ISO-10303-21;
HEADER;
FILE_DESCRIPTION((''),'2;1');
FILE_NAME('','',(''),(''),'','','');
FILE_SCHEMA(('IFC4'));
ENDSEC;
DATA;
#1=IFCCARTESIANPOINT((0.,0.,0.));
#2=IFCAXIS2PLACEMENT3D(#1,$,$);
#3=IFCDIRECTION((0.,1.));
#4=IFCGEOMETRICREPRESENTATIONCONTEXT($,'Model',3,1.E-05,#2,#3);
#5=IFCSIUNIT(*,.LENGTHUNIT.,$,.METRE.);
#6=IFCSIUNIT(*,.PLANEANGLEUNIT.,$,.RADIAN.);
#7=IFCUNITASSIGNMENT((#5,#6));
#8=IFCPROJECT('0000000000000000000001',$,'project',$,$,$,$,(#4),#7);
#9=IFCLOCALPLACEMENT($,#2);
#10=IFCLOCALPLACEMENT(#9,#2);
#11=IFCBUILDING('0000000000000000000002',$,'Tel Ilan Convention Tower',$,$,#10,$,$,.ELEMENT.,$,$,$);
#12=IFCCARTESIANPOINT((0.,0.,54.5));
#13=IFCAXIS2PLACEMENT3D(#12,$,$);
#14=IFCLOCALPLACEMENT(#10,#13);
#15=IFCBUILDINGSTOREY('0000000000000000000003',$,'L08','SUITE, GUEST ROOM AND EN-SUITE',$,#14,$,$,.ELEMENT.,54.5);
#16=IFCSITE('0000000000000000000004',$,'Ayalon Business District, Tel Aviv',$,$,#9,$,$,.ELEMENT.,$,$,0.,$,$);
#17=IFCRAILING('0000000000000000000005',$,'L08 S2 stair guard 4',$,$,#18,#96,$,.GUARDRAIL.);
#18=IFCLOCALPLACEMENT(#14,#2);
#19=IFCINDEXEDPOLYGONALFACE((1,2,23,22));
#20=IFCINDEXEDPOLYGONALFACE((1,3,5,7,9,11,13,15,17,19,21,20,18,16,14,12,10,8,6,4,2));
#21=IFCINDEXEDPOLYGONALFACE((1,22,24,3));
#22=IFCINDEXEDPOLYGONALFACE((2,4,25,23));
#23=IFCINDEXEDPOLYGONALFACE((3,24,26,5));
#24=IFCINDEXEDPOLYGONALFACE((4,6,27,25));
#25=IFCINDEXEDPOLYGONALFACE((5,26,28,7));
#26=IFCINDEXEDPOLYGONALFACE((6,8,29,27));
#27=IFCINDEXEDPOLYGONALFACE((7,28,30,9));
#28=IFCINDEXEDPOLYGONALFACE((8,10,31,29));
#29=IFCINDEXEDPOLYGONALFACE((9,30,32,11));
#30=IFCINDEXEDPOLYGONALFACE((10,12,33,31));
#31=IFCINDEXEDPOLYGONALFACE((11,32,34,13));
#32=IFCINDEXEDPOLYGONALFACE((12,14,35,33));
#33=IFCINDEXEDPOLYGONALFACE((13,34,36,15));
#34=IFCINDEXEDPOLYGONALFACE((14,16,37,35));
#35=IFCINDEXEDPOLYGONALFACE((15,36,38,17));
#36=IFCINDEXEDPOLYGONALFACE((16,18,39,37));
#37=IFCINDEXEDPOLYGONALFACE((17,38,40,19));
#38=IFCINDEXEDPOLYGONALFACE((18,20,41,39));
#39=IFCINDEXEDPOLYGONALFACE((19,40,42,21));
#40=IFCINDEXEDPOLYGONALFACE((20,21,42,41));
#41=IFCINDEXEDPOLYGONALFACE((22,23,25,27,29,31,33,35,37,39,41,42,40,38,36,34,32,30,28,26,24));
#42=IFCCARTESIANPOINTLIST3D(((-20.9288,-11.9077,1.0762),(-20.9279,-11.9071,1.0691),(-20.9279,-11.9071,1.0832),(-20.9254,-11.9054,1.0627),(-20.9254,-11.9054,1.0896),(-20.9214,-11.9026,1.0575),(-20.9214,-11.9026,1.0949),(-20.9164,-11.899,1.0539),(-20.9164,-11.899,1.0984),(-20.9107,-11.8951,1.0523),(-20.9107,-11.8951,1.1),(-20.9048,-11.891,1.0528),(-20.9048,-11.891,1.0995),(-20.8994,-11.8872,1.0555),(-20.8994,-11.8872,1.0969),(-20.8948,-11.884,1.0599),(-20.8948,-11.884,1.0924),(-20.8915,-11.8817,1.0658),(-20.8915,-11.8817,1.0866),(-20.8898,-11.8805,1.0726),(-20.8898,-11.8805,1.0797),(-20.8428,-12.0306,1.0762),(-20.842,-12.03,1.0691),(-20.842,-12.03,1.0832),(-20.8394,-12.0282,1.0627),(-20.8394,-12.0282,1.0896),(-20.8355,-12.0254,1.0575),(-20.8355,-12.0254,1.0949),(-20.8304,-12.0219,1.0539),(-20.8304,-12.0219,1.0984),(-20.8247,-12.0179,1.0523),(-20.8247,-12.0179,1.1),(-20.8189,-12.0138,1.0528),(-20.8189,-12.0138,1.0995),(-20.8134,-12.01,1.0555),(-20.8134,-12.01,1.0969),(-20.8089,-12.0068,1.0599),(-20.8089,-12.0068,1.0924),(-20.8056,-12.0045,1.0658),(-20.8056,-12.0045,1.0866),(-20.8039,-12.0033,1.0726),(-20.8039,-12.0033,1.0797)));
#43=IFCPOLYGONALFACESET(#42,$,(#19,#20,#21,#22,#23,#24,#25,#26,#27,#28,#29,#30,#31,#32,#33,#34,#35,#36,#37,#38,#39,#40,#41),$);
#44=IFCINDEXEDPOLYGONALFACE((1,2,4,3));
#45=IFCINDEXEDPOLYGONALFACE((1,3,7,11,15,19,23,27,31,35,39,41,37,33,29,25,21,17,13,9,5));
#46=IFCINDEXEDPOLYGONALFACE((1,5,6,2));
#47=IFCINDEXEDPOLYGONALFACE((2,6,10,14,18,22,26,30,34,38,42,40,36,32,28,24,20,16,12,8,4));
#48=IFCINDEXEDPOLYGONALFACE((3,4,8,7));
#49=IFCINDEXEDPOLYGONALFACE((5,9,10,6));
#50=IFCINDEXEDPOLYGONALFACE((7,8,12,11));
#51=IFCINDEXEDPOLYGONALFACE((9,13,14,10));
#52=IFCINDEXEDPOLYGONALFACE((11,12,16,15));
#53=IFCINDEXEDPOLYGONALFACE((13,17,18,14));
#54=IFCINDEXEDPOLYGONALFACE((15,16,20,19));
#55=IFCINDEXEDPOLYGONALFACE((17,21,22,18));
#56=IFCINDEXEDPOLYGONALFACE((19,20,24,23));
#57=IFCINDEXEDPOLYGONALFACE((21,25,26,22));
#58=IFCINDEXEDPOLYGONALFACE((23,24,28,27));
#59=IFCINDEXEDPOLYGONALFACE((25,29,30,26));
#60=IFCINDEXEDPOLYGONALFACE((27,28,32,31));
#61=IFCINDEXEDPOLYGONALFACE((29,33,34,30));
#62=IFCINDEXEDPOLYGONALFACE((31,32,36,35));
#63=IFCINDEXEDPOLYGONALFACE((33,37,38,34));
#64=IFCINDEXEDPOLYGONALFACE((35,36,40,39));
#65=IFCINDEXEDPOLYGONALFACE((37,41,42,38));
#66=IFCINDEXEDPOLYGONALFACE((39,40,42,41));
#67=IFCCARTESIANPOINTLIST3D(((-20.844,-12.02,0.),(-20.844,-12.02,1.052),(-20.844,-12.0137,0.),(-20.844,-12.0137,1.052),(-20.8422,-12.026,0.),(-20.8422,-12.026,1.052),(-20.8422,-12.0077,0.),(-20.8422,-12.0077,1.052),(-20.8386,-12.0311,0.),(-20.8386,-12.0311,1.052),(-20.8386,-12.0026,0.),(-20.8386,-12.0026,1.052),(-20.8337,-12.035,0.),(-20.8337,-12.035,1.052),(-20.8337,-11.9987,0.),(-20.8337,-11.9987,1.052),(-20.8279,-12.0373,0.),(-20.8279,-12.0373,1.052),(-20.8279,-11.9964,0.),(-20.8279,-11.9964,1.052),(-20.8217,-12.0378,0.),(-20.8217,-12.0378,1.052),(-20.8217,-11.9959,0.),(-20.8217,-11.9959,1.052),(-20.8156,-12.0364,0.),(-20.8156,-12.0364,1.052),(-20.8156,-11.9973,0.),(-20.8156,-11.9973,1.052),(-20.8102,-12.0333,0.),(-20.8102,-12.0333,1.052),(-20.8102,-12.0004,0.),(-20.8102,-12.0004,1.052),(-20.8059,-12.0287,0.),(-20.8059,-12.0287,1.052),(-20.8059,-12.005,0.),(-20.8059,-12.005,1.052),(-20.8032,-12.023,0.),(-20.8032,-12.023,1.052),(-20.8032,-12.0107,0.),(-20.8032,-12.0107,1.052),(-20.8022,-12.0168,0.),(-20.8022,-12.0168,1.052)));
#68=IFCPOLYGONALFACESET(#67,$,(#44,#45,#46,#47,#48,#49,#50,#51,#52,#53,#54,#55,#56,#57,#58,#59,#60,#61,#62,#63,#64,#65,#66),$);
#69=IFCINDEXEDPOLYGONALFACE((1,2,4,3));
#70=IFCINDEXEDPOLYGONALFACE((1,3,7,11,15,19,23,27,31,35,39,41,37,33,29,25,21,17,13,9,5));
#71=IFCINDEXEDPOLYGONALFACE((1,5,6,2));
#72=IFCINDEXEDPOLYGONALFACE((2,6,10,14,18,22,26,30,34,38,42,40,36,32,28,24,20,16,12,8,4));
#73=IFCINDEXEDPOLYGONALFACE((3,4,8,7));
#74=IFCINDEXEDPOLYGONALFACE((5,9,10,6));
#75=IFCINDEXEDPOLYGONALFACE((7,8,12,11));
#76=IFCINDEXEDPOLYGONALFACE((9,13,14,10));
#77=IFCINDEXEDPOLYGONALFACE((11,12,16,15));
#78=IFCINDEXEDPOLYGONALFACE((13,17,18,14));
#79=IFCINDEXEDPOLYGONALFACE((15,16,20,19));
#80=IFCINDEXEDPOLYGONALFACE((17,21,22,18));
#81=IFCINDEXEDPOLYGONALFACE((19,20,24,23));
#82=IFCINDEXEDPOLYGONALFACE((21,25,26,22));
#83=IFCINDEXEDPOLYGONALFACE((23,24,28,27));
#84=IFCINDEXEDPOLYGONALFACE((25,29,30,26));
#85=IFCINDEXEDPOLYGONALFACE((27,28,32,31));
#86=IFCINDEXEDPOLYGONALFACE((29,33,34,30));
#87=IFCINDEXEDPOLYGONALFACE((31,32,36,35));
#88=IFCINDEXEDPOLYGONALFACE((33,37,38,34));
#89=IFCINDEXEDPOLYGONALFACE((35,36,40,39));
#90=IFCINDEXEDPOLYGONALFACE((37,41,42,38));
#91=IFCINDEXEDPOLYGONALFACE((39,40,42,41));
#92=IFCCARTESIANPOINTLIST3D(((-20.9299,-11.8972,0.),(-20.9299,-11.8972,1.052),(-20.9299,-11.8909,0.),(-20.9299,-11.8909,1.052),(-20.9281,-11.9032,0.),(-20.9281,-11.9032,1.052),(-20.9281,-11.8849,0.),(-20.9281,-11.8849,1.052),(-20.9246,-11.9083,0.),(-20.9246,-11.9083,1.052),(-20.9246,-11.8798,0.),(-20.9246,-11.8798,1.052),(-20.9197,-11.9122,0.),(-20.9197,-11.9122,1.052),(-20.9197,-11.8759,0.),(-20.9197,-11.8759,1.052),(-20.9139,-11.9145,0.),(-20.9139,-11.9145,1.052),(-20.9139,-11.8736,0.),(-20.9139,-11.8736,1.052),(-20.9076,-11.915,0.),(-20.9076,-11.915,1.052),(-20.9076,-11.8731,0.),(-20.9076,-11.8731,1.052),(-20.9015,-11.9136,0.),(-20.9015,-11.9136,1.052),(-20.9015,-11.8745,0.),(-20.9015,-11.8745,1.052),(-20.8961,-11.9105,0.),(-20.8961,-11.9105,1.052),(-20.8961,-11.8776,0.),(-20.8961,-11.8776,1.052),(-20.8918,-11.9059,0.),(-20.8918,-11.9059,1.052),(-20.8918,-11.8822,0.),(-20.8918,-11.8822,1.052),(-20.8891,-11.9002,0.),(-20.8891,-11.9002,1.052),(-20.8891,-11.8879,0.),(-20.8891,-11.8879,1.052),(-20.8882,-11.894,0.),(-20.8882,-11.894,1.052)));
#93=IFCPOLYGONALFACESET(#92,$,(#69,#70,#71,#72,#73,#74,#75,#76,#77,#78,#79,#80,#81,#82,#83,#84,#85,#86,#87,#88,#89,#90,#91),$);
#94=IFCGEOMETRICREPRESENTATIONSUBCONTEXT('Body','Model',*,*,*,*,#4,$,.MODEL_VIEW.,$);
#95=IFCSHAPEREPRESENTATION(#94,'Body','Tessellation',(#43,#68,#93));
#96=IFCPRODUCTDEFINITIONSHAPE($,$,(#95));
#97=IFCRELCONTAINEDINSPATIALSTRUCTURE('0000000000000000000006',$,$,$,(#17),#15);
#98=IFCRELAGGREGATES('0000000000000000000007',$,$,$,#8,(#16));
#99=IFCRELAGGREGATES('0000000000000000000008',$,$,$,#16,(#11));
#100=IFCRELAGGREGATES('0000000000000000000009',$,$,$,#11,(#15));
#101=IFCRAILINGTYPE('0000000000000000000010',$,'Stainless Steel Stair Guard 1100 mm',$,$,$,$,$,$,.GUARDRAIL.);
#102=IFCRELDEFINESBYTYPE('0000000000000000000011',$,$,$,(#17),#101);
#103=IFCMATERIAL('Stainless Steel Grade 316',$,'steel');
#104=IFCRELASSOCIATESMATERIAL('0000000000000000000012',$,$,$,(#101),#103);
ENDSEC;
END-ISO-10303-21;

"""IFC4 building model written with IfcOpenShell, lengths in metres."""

from ifc_helpers import new_model, si_unit, direction, frame, origin, origin_2d, place, context, subcontext, project, spatial, circle, extrude, material, type_object, element, save


model = new_model("IFC4")

# Units and contexts
model_context = context("Model", 3, precision=1e-05, world=origin(), true_north=direction((0.0, 1.0)))
body_context = subcontext(model_context, "Body", "Model", "MODEL_VIEW")
ifc_project = project(units=[si_unit("LENGTHUNIT", "METRE"), si_unit("PLANEANGLEUNIT", "RADIAN")], contexts=[model_context])

# Site, building, storey
site_placement = place(None, origin())
site = spatial("IfcSite", under=ifc_project, at=site_placement, Name="Ayalon Business District, Tel Aviv", CompositionType="ELEMENT", RefElevation=0.0)
building_placement = place(site_placement, origin())
building = spatial("IfcBuilding", under=site, at=building_placement, Name="Tel Ilan Convention Tower", CompositionType="ELEMENT")
storey_placement = place(building_placement, frame((0.0, 0.0, 54.5)))
storey = spatial("IfcBuildingStorey", under=building, at=storey_placement, Name="L08", Description="SUITE, GUEST ROOM AND EN-SUITE", CompositionType="ELEMENT", Elevation=54.5)

# Railing
ifc_material_1 = material(Name="Stainless Steel Grade 316", Category="steel")
railing_type_1 = type_object("IfcRailingType", Name="Stainless Steel Stair Guard 1100 mm", PredefinedType="GUARDRAIL", material=ifc_material_1)
railing_1_placement = place(storey_placement, frame((-20.8232, -12.0168, 0.0)))
element("IfcRailing", 1, at=railing_1_placement, inside=storey, type_object=railing_type_1, Name="L08 S2 stair guard 4", PredefinedType="GUARDRAIL", context=body_context, shape_type="SweptSolid", body=[
    extrude(circle(Radius=0.0239, at=origin_2d()), frame((0.0, 0.0, 1.0762), z_axis=(-0.573353, 0.819308, 0.0), x_axis=(-0.819308, -0.573353, 0.0)), (0.0, 0.0, 1.0), 0.1499),
    extrude(circle(Radius=0.021, at=origin_2d()), origin(), (0.0, 0.0, 1.0), 1.052),
    extrude(circle(Radius=0.021, at=origin_2d()), frame((-0.0859, 0.1228, 0.0)), (0.0, 0.0, 1.0), 1.052),
])

save(model, "model.ifc")
